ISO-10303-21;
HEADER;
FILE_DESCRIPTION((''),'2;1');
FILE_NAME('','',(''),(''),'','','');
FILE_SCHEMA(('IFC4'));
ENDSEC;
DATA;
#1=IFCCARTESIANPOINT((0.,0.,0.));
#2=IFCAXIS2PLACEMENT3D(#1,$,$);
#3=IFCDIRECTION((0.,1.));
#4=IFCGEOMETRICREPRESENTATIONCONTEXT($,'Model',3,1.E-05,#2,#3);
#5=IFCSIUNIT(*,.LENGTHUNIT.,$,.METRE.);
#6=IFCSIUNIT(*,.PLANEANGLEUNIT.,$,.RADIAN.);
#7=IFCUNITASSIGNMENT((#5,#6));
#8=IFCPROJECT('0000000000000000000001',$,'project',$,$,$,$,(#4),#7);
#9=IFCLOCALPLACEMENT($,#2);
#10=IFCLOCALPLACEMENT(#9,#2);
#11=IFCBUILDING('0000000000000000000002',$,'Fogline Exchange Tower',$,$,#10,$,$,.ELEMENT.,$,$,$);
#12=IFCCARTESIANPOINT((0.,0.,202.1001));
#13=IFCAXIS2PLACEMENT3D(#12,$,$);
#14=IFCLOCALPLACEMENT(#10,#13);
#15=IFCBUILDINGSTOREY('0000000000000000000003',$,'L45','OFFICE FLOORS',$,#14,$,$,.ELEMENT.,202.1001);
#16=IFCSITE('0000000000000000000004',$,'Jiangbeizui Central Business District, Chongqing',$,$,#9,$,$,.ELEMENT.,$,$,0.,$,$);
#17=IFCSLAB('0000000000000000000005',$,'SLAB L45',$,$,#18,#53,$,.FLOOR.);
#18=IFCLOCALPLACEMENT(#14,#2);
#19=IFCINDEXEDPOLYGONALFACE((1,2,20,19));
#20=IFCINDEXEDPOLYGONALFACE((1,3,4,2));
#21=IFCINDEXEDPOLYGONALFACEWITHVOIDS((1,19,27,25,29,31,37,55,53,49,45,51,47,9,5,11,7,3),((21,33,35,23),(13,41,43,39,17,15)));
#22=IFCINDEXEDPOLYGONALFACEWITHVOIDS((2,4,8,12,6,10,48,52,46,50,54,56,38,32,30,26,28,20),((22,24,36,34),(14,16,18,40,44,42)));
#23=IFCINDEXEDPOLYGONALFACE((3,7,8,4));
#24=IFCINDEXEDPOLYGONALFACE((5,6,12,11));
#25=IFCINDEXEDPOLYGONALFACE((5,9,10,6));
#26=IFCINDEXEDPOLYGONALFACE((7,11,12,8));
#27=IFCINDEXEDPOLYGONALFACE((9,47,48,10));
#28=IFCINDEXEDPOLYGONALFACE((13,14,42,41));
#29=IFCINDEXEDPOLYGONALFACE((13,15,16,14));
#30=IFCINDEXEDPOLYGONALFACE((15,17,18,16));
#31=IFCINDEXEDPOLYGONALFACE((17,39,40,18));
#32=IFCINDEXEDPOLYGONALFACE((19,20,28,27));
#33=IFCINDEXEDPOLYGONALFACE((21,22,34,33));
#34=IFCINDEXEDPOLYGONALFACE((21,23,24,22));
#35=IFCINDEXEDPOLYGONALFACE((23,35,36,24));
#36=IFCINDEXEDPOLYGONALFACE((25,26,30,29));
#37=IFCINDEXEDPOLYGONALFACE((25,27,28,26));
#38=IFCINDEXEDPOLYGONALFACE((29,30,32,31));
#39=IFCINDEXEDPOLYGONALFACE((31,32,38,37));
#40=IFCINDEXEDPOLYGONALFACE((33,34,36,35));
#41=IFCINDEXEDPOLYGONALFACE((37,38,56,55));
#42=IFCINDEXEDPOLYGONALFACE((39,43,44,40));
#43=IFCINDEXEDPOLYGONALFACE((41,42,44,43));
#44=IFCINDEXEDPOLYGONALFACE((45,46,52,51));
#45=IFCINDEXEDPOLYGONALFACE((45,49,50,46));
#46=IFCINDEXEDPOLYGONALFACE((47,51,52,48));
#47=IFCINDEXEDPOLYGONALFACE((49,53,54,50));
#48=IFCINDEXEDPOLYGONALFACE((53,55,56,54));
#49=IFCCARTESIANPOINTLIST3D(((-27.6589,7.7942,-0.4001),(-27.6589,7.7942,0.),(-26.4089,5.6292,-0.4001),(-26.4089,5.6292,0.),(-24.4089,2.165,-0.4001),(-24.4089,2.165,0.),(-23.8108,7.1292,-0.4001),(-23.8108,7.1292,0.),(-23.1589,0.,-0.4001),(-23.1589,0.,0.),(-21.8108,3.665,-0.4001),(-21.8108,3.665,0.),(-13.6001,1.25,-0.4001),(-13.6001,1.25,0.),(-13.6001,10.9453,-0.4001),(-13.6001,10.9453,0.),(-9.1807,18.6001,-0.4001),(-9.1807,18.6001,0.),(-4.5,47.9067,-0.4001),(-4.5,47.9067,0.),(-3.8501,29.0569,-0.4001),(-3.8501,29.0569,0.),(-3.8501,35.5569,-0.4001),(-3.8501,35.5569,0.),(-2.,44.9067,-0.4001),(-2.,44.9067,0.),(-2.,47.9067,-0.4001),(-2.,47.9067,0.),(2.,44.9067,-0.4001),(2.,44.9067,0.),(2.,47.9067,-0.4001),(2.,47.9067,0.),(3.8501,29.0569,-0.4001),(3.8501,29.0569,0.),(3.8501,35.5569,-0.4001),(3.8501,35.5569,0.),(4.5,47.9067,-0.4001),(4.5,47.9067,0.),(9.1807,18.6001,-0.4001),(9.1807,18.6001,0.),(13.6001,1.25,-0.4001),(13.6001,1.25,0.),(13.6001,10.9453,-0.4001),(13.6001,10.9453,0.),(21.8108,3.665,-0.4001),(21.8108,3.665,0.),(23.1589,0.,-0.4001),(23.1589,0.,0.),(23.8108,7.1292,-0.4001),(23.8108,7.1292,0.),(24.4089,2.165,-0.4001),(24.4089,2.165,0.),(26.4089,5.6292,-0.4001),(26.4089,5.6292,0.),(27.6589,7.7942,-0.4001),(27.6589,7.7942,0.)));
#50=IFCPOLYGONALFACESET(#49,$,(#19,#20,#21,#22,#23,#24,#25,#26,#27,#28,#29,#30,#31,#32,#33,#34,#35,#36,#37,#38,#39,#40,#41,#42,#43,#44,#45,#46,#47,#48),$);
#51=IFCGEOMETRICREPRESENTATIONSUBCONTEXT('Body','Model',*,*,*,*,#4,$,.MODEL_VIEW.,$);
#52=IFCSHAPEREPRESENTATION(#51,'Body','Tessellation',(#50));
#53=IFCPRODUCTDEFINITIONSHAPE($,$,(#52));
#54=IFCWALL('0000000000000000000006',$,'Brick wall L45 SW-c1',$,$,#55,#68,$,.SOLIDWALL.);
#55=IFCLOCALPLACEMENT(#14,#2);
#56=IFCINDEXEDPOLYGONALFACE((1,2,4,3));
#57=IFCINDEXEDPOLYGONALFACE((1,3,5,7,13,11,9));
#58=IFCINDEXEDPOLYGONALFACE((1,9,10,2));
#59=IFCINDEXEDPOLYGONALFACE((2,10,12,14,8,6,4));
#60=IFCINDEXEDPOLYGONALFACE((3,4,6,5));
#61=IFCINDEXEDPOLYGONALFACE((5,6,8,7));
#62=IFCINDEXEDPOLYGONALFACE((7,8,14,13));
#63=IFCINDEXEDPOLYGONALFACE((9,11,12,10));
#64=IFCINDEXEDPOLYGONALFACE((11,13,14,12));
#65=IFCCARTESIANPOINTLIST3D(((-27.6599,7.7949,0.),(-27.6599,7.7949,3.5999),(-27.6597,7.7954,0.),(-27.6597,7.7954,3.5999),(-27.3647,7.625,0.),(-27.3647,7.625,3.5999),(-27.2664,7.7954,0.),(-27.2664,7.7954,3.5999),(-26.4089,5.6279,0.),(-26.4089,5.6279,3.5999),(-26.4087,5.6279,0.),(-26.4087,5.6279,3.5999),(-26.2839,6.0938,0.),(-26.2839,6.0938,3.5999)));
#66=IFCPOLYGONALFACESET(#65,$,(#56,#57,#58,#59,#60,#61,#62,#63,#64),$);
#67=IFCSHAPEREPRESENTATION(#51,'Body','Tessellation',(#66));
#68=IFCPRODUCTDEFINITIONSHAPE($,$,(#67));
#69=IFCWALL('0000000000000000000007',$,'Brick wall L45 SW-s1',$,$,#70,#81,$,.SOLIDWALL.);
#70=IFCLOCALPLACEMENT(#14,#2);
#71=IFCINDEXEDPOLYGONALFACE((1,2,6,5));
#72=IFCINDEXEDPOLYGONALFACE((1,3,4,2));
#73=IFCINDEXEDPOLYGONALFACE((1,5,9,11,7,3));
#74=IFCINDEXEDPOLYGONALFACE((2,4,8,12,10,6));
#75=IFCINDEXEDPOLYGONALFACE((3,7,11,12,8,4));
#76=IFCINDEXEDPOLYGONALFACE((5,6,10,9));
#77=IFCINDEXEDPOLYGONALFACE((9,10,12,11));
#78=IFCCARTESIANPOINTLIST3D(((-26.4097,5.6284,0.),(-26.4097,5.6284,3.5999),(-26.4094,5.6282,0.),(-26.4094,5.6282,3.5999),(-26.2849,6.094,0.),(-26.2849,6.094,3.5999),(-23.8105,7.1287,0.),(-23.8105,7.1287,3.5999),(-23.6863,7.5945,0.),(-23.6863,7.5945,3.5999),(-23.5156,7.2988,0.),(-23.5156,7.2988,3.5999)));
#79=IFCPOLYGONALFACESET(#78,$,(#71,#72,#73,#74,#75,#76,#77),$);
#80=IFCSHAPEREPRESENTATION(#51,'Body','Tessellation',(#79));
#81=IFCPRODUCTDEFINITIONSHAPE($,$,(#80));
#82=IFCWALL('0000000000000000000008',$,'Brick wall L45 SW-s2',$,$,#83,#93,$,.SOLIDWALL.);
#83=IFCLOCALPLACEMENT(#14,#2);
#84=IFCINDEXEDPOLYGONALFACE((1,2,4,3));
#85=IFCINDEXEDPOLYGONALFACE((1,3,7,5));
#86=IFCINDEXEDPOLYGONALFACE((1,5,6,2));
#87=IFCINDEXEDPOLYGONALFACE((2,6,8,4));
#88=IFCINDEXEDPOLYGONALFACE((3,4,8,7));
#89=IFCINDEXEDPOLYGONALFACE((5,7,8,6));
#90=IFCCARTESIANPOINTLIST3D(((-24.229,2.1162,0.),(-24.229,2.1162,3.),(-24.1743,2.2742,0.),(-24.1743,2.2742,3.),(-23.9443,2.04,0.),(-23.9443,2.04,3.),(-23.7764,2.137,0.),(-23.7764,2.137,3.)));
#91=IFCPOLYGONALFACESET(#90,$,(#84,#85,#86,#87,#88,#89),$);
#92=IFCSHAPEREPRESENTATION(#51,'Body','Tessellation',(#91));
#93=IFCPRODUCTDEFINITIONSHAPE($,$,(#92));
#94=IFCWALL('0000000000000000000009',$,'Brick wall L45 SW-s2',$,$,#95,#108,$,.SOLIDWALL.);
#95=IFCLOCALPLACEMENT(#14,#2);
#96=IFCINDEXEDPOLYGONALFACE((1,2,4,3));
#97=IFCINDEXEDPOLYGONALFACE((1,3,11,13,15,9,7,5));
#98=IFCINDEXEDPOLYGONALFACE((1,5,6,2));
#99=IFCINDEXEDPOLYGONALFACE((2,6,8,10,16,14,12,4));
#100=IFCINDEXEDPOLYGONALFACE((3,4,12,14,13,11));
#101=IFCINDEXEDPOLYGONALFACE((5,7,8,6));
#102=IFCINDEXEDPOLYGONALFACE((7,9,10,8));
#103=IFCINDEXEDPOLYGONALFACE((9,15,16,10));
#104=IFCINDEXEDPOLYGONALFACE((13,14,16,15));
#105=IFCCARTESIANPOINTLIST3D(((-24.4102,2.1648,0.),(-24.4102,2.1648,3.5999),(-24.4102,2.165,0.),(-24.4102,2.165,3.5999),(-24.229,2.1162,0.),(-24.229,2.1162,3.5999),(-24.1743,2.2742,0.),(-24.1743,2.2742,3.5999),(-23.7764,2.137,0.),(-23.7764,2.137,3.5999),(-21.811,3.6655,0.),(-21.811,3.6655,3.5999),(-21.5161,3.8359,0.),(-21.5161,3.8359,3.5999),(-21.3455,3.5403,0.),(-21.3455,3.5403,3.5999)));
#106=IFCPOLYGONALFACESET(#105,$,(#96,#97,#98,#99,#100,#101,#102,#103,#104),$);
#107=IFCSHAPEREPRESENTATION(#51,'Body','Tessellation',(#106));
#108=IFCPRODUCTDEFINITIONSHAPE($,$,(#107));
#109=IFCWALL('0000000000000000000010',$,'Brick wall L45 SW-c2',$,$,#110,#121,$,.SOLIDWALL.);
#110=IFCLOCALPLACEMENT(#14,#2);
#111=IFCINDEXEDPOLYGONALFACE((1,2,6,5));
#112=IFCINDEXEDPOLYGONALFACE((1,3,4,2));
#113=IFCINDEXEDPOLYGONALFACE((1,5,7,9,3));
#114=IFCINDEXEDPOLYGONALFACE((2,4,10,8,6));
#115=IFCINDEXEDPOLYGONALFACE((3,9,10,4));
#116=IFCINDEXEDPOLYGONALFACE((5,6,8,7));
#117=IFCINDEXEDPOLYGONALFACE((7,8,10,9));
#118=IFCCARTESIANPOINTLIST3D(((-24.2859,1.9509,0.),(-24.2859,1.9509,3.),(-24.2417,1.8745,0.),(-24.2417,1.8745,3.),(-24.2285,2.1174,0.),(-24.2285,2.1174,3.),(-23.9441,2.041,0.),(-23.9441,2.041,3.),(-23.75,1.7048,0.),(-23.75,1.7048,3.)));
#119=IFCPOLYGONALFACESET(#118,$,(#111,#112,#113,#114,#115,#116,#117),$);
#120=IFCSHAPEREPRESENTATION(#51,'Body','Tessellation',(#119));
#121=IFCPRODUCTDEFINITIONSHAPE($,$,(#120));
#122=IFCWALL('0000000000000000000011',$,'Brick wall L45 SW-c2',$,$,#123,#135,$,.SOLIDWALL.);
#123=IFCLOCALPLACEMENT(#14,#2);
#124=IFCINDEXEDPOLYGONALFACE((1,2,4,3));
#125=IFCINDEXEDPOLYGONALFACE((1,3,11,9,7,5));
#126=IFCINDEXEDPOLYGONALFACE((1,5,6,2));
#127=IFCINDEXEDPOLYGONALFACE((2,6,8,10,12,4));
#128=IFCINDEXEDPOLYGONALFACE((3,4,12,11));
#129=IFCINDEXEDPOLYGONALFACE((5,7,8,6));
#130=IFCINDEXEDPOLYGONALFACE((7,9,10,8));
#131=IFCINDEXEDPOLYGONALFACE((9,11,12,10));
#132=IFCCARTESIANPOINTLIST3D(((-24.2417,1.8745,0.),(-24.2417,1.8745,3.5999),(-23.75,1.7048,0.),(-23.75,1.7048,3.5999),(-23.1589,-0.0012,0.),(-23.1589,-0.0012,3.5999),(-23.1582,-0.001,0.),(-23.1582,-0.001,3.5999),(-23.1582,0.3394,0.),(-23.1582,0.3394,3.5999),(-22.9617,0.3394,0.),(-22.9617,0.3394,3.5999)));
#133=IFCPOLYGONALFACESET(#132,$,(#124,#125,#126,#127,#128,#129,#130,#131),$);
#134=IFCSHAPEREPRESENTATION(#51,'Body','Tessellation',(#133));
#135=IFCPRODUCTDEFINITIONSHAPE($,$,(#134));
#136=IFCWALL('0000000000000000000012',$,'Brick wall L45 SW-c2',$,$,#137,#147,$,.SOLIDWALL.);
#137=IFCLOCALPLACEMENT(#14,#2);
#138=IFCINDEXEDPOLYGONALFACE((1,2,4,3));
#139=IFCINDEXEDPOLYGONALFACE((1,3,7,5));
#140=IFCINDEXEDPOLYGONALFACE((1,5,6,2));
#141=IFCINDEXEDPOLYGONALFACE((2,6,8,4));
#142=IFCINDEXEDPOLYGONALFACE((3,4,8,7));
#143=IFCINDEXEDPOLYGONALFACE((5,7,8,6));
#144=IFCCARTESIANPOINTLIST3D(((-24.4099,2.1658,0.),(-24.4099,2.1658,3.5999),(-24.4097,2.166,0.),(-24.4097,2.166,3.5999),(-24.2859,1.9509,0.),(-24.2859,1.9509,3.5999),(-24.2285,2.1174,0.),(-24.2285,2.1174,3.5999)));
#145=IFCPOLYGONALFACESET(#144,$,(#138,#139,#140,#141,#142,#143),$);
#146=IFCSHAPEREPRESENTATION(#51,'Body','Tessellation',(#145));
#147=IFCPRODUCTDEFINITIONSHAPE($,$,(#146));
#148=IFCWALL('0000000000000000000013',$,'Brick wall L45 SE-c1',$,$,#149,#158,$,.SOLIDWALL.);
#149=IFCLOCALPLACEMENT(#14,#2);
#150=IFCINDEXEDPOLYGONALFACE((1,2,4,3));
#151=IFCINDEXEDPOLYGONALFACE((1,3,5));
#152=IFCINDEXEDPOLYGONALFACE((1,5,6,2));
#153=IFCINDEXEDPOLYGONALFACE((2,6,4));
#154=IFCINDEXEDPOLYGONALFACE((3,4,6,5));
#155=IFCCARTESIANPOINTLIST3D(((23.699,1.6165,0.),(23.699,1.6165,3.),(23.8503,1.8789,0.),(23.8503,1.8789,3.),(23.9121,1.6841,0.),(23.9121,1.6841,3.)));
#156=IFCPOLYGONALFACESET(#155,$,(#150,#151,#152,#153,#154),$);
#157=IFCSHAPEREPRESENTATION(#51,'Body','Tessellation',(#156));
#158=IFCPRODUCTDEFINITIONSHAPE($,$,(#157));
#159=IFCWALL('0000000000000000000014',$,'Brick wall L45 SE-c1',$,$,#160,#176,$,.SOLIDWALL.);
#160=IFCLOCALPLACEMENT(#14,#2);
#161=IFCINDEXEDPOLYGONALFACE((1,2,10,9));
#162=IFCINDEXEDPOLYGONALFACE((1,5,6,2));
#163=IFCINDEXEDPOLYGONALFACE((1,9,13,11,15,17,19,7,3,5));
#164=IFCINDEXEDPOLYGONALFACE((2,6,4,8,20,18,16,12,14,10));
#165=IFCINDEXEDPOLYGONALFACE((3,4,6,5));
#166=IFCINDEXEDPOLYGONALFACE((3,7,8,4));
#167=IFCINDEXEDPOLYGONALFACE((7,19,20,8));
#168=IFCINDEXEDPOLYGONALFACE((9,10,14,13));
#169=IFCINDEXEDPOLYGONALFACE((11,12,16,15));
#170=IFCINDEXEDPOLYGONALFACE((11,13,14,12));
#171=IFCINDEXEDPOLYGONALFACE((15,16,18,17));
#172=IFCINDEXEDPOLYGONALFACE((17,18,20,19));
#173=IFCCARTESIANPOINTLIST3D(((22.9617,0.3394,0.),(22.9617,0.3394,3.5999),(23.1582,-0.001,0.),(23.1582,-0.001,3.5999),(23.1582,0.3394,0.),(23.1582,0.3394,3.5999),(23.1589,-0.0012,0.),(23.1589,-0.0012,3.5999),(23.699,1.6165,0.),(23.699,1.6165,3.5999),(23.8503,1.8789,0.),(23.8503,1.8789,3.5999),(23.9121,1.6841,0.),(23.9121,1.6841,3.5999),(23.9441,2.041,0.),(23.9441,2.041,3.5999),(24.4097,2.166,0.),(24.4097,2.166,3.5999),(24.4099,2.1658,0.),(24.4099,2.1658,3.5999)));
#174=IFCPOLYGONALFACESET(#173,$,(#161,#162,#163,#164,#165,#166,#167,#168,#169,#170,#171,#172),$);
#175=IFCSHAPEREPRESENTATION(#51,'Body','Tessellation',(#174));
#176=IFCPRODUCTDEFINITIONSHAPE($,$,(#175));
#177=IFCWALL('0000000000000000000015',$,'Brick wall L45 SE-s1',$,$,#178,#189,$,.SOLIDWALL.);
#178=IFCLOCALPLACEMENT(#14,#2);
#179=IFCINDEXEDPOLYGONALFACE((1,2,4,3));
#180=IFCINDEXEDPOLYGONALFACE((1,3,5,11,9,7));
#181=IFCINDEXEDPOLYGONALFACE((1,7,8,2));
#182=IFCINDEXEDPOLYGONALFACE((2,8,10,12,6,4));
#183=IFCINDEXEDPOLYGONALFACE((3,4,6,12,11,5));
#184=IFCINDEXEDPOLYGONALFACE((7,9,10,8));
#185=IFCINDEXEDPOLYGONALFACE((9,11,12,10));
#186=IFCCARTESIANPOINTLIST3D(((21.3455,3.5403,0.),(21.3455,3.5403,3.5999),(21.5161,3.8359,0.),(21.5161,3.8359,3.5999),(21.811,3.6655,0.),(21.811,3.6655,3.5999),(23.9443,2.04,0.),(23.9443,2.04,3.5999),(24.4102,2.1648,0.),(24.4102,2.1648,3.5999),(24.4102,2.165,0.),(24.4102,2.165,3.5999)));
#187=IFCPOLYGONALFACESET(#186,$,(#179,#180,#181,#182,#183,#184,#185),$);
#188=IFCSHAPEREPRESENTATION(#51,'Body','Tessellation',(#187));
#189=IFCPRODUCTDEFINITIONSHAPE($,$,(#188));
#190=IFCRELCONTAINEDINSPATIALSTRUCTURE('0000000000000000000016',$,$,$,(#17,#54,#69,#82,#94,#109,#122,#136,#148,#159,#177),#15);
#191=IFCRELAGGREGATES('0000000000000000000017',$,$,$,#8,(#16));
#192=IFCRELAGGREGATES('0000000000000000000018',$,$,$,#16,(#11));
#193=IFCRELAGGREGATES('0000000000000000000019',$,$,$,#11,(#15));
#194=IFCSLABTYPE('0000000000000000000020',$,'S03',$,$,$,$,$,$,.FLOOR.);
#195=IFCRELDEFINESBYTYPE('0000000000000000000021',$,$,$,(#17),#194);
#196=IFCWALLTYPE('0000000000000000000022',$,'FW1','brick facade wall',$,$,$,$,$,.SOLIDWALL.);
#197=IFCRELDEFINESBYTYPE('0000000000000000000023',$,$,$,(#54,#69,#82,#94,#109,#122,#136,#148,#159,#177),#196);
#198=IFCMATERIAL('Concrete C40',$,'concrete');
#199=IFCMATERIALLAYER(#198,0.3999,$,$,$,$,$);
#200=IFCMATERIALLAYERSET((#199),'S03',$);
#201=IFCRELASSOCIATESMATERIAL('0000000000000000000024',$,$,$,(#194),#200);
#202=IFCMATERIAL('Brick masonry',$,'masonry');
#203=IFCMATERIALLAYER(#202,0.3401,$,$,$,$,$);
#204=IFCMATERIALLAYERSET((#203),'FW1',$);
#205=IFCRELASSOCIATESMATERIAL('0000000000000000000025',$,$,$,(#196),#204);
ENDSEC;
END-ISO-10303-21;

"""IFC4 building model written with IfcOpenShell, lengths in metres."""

from ifc_helpers import new_model, si_unit, direction, frame, origin, place, context, subcontext, project, spatial, polyline, outline, extrude, material, layer, layer_set, type_object, element, save


model = new_model("IFC4")

# Units and contexts
model_context = context("Model", 3, precision=1e-05, world=origin(), true_north=direction((0.0, 1.0)))
body_context = subcontext(model_context, "Body", "Model", "MODEL_VIEW")
ifc_project = project(units=[si_unit("LENGTHUNIT", "METRE"), si_unit("PLANEANGLEUNIT", "RADIAN")], contexts=[model_context])

# Site, building, storey
site_placement = place(None, origin())
site = spatial("IfcSite", under=ifc_project, at=site_placement, Name="Jiangbeizui Central Business District, Chongqing", CompositionType="ELEMENT", RefElevation=0.0)
building_placement = place(site_placement, origin())
building = spatial("IfcBuilding", under=site, at=building_placement, Name="Fogline Exchange Tower", CompositionType="ELEMENT")
storey_placement = place(building_placement, frame((0.0, 0.0, 202.1001)))
storey = spatial("IfcBuildingStorey", under=building, at=storey_placement, Name="L45", Description="OFFICE FLOORS", CompositionType="ELEMENT", Elevation=202.1001)

# Slab
ifc_material_1 = material(Name="Concrete C40", Category="concrete")
ifc_layer_1 = layer(ifc_material_1, 0.3999)
ifc_layer_set_1 = layer_set([ifc_layer_1], Name="S03")
slab_type = type_object("IfcSlabType", Name="S03", PredefinedType="FLOOR", material=ifc_layer_set_1)
slab_placement = place(storey_placement, frame((0.0, 0.0, -0.4001)))
element("IfcSlab", 1, at=slab_placement, inside=storey, type_object=slab_type, Name="SLAB L45", PredefinedType="FLOOR", context=body_context, shape_type="SweptSolid", body=[
    extrude(outline(polyline([(-2.0, 47.9067), (-4.5, 47.9067), (-27.6589, 7.7942), (-26.4089, 5.6292), (-23.8108, 7.1292), (-21.8108, 3.665), (-24.4089, 2.165), (-23.1589, 0.0), (23.1589, 0.0), (24.4089, 2.165), (21.8108, 3.665), (23.8108, 7.1292), (26.4089, 5.6292), (27.6589, 7.7942), (4.5, 47.9067), (2.0, 47.9067), (2.0, 44.9067), (-2.0, 44.9067), (-2.0, 47.9067)]), holes=[polyline([(13.6001, 10.9453), (13.6001, 1.25), (-13.6001, 1.25), (-13.6001, 10.9453), (-9.1807, 18.6001), (9.1807, 18.6001), (13.6001, 10.9453)]), polyline([(3.8501, 35.5569), (3.8501, 29.0569), (-3.8501, 29.0569), (-3.8501, 35.5569), (3.8501, 35.5569)])]), origin(), (0.0, 0.0, 1.0), 0.4001),
])

# Walls
ifc_material_2 = material(Name="Brick masonry", Category="masonry")
ifc_layer_2 = layer(ifc_material_2, 0.3401)
ifc_layer_set_2 = layer_set([ifc_layer_2], Name="FW1")
wall_type = type_object("IfcWallType", Name="FW1", Description="brick facade wall", PredefinedType="SOLIDWALL", material=ifc_layer_set_2)
wall_1_placement = place(storey_placement, origin())
element("IfcWall", 2, at=wall_1_placement, inside=storey, type_object=wall_type, Name="Brick wall L45 SW-c1", PredefinedType="SOLIDWALL", context=body_context, shape_type="SweptSolid", body=[
    extrude(outline(polyline([(-26.4089, 5.6279), (-27.6599, 7.7949), (-27.6597, 7.7954), (-27.3647, 7.625), (-27.2664, 7.7954), (-26.2839, 6.0938), (-26.4087, 5.6279), (-26.4089, 5.6279)])), origin(), (0.0, 0.0, 1.0), 3.5999),
])
wall_2_placement = place(storey_placement, origin())
element("IfcWall", 3, at=wall_2_placement, inside=storey, type_object=wall_type, Name="Brick wall L45 SW-s1", PredefinedType="SOLIDWALL", context=body_context, shape_type="SweptSolid", body=[
    extrude(outline(polyline([(-23.6863, 7.5945), (-23.5156, 7.2988), (-23.8105, 7.1287), (-26.4094, 5.6282), (-26.4097, 5.6284), (-26.2849, 6.094), (-23.6863, 7.5945)])), origin(), (0.0, 0.0, 1.0), 3.5999),
])
wall_3_placement = place(storey_placement, origin())
element("IfcWall", 4, at=wall_3_placement, inside=storey, type_object=wall_type, Name="Brick wall L45 SW-s2", PredefinedType="SOLIDWALL", context=body_context, shape_type="SweptSolid", body=[
    extrude(outline(polyline([(-23.9443, 2.04), (-24.229, 2.1162), (-24.1743, 2.2742), (-23.7764, 2.137), (-23.9443, 2.04)])), origin(), (0.0, 0.0, 1.0), 3.0),
])
wall_4_placement = place(storey_placement, origin())
element("IfcWall", 5, at=wall_4_placement, inside=storey, type_object=wall_type, Name="Brick wall L45 SW-s2", PredefinedType="SOLIDWALL", context=body_context, shape_type="SweptSolid", body=[
    extrude(outline(polyline([(-21.811, 3.6655), (-21.5161, 3.8359), (-21.3455, 3.5403), (-23.7764, 2.137), (-24.1743, 2.2742), (-24.229, 2.1162), (-24.4102, 2.1648), (-24.4102, 2.165), (-21.811, 3.6655)])), origin(), (0.0, 0.0, 1.0), 3.5999),
])
wall_5_placement = place(storey_placement, origin())
element("IfcWall", 6, at=wall_5_placement, inside=storey, type_object=wall_type, Name="Brick wall L45 SW-c2", PredefinedType="SOLIDWALL", context=body_context, shape_type="SweptSolid", body=[
    extrude(outline(polyline([(-24.2859, 1.9509), (-24.2285, 2.1174), (-23.9441, 2.041), (-23.75, 1.7048), (-24.2417, 1.8745), (-24.2859, 1.9509)])), origin(), (0.0, 0.0, 1.0), 3.0),
])
wall_6_placement = place(storey_placement, origin())
element("IfcWall", 7, at=wall_6_placement, inside=storey, type_object=wall_type, Name="Brick wall L45 SW-c2", PredefinedType="SOLIDWALL", context=body_context, shape_type="SweptSolid", body=[
    extrude(outline(polyline([(-23.1582, 0.3394), (-23.1582, -0.001), (-23.1589, -0.0012), (-24.2417, 1.8745), (-23.75, 1.7048), (-22.9617, 0.3394), (-23.1582, 0.3394)])), origin(), (0.0, 0.0, 1.0), 3.5999),
])
wall_7_placement = place(storey_placement, origin())
element("IfcWall", 8, at=wall_7_placement, inside=storey, type_object=wall_type, Name="Brick wall L45 SW-c2", PredefinedType="SOLIDWALL", context=body_context, shape_type="SweptSolid", body=[
    extrude(outline(polyline([(-24.4099, 2.1658), (-24.4097, 2.166), (-24.2285, 2.1174), (-24.2859, 1.9509), (-24.4099, 2.1658)])), origin(), (0.0, 0.0, 1.0), 3.5999),
])
wall_8_placement = place(storey_placement, origin())
element("IfcWall", 9, at=wall_8_placement, inside=storey, type_object=wall_type, Name="Brick wall L45 SE-c1", PredefinedType="SOLIDWALL", context=body_context, shape_type="SweptSolid", body=[
    extrude(outline(polyline([(23.8503, 1.8789), (23.9121, 1.6841), (23.699, 1.6165), (23.8503, 1.8789)])), origin(), (0.0, 0.0, 1.0), 3.0),
])
wall_9_placement = place(storey_placement, origin())
element("IfcWall", 10, at=wall_9_placement, inside=storey, type_object=wall_type, Name="Brick wall L45 SE-c1", PredefinedType="SOLIDWALL", context=body_context, shape_type="SweptSolid", body=[
    extrude(outline(polyline([(23.1589, -0.0012), (23.1582, -0.001), (23.1582, 0.3394), (22.9617, 0.3394), (23.699, 1.6165), (23.9121, 1.6841), (23.8503, 1.8789), (23.9441, 2.041), (24.4097, 2.166), (24.4099, 2.1658), (23.1589, -0.0012)])), origin(), (0.0, 0.0, 1.0), 3.5999),
])
wall_10_placement = place(storey_placement, origin())
element("IfcWall", 11, at=wall_10_placement, inside=storey, type_object=wall_type, Name="Brick wall L45 SE-s1", PredefinedType="SOLIDWALL", context=body_context, shape_type="SweptSolid", body=[
    extrude(outline(polyline([(21.3455, 3.5403), (21.5161, 3.8359), (21.811, 3.6655), (24.4102, 2.165), (24.4102, 2.1648), (23.9443, 2.04), (21.3455, 3.5403)])), origin(), (0.0, 0.0, 1.0), 3.5999),
])

save(model, "model.ifc")
